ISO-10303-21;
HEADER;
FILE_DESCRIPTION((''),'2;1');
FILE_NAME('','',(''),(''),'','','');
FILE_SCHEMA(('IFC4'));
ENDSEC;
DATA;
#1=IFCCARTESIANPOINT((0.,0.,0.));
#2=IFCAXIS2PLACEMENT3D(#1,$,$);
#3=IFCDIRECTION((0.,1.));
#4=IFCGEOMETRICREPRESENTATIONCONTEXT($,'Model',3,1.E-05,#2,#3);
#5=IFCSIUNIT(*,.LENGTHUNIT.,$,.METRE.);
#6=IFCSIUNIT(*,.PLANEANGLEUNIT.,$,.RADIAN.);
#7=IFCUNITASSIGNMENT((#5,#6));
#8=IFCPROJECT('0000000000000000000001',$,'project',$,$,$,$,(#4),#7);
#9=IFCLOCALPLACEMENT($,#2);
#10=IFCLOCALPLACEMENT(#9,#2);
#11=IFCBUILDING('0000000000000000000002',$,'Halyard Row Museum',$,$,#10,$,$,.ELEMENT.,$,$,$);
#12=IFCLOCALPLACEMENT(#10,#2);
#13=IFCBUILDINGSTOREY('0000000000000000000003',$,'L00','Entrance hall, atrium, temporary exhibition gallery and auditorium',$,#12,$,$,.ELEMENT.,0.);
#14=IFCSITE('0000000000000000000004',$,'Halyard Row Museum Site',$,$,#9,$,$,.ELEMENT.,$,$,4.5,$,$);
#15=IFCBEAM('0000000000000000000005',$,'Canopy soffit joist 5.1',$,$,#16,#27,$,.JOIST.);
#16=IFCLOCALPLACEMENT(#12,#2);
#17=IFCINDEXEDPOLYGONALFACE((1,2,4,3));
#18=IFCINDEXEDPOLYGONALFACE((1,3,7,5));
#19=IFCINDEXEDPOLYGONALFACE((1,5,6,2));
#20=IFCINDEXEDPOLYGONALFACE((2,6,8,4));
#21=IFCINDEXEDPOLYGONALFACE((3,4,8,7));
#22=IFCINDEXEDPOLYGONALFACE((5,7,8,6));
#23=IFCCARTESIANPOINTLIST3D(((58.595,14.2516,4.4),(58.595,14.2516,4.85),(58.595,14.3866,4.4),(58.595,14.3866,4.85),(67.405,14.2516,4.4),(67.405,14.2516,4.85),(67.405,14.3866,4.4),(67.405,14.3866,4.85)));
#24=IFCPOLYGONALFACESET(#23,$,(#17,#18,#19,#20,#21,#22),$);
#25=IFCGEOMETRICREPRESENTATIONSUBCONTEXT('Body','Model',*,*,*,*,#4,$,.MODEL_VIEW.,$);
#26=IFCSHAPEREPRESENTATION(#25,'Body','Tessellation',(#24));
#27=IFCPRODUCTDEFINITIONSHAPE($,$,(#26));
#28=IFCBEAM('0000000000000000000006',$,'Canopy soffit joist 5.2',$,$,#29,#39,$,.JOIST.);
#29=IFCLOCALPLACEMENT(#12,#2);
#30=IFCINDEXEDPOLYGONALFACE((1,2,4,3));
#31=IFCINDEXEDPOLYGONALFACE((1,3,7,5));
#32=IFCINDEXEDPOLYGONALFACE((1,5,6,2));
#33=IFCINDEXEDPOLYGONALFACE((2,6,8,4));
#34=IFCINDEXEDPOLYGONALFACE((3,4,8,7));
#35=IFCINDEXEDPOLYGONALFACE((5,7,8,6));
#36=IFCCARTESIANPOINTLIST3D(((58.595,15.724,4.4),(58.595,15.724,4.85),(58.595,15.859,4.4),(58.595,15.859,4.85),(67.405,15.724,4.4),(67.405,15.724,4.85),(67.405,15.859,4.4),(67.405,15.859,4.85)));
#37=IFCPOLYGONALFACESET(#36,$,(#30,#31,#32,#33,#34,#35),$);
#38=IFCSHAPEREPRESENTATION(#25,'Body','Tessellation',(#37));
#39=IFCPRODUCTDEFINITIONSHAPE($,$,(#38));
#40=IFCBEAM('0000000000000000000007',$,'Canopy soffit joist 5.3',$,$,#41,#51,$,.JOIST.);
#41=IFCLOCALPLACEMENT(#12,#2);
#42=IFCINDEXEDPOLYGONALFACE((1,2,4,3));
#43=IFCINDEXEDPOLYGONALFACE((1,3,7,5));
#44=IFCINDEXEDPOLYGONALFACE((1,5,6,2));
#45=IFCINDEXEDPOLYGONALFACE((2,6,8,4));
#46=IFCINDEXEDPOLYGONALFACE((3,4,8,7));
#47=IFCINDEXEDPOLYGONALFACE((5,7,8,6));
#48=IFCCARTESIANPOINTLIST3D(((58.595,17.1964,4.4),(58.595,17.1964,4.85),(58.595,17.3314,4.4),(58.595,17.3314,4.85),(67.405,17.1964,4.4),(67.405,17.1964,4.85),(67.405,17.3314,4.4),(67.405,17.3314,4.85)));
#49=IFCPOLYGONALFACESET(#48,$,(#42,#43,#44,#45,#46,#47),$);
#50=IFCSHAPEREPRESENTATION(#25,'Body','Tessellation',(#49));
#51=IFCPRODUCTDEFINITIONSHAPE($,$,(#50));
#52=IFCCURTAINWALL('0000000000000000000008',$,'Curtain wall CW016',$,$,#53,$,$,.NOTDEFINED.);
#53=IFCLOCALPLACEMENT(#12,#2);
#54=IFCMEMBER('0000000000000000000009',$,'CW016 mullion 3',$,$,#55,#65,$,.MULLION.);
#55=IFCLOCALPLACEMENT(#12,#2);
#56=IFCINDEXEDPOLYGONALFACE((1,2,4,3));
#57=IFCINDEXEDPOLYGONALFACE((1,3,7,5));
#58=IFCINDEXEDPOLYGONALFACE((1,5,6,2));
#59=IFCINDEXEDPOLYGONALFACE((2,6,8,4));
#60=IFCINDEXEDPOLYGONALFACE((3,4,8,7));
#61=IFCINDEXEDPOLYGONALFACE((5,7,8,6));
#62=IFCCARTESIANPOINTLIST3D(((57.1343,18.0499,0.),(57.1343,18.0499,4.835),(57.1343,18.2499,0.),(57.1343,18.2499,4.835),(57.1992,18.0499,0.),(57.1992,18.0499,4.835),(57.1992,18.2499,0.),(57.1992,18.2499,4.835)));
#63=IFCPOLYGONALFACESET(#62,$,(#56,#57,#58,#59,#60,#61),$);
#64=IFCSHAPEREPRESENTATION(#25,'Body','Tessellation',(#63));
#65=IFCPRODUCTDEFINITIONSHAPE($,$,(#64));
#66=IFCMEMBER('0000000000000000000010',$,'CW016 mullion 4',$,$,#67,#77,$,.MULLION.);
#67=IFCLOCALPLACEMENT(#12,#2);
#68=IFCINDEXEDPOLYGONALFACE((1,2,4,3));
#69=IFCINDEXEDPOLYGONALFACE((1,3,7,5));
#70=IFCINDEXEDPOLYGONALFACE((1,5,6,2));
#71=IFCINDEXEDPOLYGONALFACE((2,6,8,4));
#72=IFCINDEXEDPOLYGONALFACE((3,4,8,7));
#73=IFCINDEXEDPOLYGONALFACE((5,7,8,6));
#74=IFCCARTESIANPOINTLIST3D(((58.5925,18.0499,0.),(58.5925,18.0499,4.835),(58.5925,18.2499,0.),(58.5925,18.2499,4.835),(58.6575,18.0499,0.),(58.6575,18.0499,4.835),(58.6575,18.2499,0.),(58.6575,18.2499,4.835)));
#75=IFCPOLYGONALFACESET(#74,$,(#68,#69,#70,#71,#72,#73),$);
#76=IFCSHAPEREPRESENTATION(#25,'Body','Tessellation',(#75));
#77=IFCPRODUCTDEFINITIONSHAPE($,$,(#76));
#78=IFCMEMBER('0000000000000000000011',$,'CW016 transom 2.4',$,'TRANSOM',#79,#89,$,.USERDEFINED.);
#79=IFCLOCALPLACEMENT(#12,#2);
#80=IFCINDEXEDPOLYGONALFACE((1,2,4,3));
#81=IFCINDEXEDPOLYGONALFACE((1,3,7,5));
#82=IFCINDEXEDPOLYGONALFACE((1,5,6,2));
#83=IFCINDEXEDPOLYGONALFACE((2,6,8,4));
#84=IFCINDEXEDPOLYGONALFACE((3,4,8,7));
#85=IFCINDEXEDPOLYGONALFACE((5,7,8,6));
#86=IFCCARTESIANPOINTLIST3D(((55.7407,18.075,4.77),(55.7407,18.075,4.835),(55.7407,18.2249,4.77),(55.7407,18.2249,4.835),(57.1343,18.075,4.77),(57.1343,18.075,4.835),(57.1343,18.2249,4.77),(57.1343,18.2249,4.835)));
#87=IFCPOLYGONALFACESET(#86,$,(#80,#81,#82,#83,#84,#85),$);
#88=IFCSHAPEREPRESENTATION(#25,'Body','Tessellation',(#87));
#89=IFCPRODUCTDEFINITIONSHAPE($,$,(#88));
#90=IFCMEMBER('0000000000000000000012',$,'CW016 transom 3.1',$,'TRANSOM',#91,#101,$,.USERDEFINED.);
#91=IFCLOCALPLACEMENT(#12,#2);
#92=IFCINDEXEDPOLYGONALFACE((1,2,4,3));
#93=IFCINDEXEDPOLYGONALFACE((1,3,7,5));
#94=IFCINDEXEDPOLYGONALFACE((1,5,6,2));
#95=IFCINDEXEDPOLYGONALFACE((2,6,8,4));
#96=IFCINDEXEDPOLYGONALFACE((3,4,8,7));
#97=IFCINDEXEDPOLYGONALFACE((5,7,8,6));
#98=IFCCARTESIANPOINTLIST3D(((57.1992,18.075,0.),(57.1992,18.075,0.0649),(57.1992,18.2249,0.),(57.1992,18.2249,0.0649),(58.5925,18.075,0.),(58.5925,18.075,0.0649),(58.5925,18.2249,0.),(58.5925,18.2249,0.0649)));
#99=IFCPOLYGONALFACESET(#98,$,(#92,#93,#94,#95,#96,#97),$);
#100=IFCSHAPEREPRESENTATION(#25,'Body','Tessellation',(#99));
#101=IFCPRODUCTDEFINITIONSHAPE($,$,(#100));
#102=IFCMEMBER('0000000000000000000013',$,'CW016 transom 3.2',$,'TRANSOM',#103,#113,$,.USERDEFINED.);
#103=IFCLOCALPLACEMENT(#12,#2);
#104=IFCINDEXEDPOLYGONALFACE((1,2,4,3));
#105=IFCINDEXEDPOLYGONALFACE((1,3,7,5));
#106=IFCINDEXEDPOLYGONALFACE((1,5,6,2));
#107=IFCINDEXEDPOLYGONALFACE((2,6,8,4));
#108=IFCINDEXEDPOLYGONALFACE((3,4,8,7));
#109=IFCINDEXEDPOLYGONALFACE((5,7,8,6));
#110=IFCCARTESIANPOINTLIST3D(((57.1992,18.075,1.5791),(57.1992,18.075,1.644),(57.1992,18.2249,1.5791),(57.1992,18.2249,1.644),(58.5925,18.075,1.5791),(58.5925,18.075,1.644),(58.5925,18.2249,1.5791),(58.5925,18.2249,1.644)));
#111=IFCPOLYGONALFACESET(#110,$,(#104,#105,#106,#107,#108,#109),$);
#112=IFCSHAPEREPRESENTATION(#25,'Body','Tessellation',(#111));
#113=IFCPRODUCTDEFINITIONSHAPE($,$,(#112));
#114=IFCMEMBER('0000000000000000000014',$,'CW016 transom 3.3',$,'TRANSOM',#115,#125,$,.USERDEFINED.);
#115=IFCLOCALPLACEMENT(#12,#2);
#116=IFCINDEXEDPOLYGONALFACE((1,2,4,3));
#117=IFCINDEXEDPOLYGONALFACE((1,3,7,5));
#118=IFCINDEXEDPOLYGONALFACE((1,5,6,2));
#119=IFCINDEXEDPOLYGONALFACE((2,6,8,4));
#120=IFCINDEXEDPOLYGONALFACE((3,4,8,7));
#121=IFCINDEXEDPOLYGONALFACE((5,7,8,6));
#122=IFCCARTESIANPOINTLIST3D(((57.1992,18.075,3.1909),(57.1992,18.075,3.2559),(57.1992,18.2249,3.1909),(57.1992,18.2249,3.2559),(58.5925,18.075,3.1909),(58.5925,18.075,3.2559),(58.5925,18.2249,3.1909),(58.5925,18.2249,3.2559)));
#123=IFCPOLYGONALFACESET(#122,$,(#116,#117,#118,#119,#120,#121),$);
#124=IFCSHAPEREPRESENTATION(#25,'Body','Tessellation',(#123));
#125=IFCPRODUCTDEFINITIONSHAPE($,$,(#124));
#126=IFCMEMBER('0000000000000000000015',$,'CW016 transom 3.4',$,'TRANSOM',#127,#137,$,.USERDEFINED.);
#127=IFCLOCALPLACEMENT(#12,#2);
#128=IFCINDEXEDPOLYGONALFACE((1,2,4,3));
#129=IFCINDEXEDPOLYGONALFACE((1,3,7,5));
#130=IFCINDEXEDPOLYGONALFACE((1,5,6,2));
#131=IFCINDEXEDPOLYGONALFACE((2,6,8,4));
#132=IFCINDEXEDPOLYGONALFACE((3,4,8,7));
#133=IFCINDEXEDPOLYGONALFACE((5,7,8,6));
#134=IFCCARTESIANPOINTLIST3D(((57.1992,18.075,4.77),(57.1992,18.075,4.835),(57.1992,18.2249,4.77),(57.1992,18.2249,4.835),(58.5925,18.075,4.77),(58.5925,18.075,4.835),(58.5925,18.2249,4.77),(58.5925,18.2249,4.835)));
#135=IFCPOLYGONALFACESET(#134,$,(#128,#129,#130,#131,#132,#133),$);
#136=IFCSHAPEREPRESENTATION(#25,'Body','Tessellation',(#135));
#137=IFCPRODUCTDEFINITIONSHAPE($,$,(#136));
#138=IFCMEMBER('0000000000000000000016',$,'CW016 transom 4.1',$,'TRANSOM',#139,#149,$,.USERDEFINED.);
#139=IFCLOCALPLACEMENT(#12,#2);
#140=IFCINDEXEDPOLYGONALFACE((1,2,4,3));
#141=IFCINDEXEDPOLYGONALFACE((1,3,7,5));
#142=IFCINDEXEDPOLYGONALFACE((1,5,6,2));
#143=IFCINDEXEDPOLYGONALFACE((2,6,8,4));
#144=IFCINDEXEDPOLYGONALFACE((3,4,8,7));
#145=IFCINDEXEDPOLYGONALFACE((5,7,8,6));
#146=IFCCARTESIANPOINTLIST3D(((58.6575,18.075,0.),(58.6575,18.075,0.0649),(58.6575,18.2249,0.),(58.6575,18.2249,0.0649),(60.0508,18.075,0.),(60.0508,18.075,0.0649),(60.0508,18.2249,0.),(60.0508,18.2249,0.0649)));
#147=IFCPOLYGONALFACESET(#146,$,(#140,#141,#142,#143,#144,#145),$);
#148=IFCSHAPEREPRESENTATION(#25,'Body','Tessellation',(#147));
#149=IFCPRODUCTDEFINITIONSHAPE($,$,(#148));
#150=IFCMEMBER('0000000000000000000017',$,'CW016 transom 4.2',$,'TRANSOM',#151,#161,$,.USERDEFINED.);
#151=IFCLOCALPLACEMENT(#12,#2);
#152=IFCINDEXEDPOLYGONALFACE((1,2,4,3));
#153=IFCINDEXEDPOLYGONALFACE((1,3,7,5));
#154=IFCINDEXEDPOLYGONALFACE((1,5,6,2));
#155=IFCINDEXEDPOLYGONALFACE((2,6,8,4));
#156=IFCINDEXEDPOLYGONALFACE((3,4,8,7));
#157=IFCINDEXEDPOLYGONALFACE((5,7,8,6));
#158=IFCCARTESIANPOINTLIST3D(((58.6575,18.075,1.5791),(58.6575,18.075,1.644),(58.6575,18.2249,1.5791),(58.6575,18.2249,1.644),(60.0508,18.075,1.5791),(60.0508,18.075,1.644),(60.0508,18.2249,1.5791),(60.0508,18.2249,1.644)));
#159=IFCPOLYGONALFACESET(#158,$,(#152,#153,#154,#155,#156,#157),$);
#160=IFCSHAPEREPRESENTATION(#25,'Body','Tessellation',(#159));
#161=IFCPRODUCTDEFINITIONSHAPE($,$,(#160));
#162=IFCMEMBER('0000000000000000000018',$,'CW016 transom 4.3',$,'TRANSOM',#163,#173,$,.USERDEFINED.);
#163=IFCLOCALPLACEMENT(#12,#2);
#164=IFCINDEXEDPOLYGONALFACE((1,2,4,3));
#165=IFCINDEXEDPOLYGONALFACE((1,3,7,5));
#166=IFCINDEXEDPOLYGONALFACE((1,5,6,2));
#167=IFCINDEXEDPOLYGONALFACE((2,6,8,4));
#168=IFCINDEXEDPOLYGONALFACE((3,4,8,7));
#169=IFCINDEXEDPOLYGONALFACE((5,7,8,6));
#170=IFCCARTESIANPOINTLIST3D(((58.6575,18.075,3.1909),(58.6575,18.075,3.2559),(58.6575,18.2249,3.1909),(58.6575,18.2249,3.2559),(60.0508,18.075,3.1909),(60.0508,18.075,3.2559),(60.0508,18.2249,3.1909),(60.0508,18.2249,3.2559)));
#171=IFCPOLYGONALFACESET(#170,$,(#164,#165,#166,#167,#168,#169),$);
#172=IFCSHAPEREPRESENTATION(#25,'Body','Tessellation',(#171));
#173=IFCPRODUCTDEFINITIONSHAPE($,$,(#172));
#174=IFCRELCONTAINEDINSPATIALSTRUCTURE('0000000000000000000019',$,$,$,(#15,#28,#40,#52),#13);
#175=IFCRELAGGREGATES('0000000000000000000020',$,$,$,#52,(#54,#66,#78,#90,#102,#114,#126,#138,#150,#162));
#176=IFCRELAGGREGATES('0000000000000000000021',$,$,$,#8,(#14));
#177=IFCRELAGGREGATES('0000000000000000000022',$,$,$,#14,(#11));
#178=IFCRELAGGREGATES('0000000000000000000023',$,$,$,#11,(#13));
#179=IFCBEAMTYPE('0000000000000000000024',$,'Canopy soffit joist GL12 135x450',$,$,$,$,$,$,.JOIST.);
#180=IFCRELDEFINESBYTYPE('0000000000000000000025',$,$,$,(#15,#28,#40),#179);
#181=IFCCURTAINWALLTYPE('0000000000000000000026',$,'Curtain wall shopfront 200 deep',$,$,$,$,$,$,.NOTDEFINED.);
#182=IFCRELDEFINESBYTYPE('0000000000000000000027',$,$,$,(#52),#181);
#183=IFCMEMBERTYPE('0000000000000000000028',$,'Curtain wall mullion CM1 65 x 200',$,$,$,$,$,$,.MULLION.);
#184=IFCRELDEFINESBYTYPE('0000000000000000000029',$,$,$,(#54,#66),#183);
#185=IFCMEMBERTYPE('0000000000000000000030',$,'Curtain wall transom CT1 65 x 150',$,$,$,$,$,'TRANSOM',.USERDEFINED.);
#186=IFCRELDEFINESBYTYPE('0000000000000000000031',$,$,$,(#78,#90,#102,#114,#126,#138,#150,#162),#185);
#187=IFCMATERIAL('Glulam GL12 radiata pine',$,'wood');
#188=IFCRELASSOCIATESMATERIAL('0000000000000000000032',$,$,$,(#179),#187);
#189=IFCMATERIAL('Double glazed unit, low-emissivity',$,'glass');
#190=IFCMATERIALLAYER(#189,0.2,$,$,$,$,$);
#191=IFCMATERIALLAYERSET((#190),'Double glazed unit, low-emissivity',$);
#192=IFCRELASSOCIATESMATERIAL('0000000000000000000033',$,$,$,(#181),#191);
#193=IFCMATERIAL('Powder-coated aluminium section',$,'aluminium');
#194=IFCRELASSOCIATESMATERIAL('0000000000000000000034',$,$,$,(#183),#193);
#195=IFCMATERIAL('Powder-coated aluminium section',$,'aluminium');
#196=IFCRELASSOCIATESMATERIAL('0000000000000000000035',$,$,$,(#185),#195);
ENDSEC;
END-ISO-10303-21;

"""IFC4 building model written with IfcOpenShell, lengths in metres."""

from ifc_helpers import new_model, si_unit, direction, frame, origin, origin_2d, place, context, subcontext, project, spatial, rectangle, extrude, material, layer, layer_set, material_profile, profile_set, type_object, element, aggregate, save


model = new_model("IFC4")

# Units and contexts
model_context = context("Model", 3, precision=1e-05, world=origin(), true_north=direction((0.0, 1.0)))
body_context = subcontext(model_context, "Body", "Model", "MODEL_VIEW")
ifc_project = project(units=[si_unit("LENGTHUNIT", "METRE"), si_unit("PLANEANGLEUNIT", "RADIAN")], contexts=[model_context])

# Site, building, storey
site_placement = place(None, origin())
site = spatial("IfcSite", under=ifc_project, at=site_placement, Name="Halyard Row Museum Site", CompositionType="ELEMENT", RefElevation=4.5)
building_placement = place(site_placement, origin())
building = spatial("IfcBuilding", under=site, at=building_placement, Name="Halyard Row Museum", CompositionType="ELEMENT")
storey_placement = place(building_placement, origin())
storey = spatial("IfcBuildingStorey", under=building, at=storey_placement, Name="L00", Description="Entrance hall, atrium, temporary exhibition gallery and auditorium", CompositionType="ELEMENT", Elevation=0.0)

# Beams
ifc_material_1 = material(Name="Glulam GL12 radiata pine", Category="wood")
ifc_material_profile_1 = material_profile(ifc_material_1, rectangle(XDim=0.135, YDim=0.45, at=origin_2d()), Name="GL12 135x450")
ifc_profile_set_1 = profile_set([ifc_material_profile_1], Name="Glulam GL12 radiata pine")
beam_type_1 = type_object("IfcBeamType", Name="Canopy soffit joist GL12 135x450", PredefinedType="JOIST", material=ifc_profile_set_1)
for number, where, z_axis, x_axis, name in (
    (1, (58.595, 14.3191, 4.625), (1.0, 0.0, 0.0), (0.0, 1.0, 0.0), "Canopy soffit joist 5.1"),
    (2, (58.595, 15.7915, 4.625), (1.0, 0.0, 0.0), (0.0, 1.0, 0.0), "Canopy soffit joist 5.2"),
    (3, (58.595, 17.2639, 4.625), (1.0, 0.0, 0.0), (0.0, 1.0, 0.0), "Canopy soffit joist 5.3"),
):
    element("IfcBeam", number, at=place(storey_placement, frame(where, z_axis=z_axis, x_axis=x_axis)), inside=storey, type_object=beam_type_1, Name=name, PredefinedType="JOIST", context=body_context, shape_type="SweptSolid", body=[
        extrude(rectangle(XDim=0.135, YDim=0.45, at=origin_2d()), origin(), (0.0, 0.0, 1.0), 8.8101),
    ])

# Curtain wall, members
ifc_material_2 = material(Name="Double glazed unit, low-emissivity", Category="glass")
ifc_layer_1 = layer(ifc_material_2, 0.2)
ifc_layer_set_1 = layer_set([ifc_layer_1], Name="Double glazed unit, low-emissivity")
curtain_wall_type = type_object("IfcCurtainWallType", Name="Curtain wall shopfront 200 deep", PredefinedType="NOTDEFINED", material=ifc_layer_set_1)
curtain_wall_placement = place(storey_placement, origin())
curtain_wall = element("IfcCurtainWall", 4, at=curtain_wall_placement, inside=storey, type_object=curtain_wall_type, Name="Curtain wall CW016", PredefinedType="NOTDEFINED")
ifc_material_3 = material(Name="Powder-coated aluminium section", Category="aluminium")
ifc_material_profile_2 = material_profile(ifc_material_3, rectangle(XDim=0.2, YDim=0.0649, at=origin_2d()), Name="200x65 mullion")
ifc_profile_set_2 = profile_set([ifc_material_profile_2], Name="Powder-coated aluminium section")
member_type_1 = type_object("IfcMemberType", Name="Curtain wall mullion CM1 65 x 200", PredefinedType="MULLION", material=ifc_profile_set_2)
member_1_placement = place(storey_placement, frame((57.1667, 18.1499, 0.0), z_axis=(0.0, 0.0, 1.0), x_axis=(0.0, 1.0, 0.0)))
member_1 = element("IfcMember", 5, at=member_1_placement, type_object=member_type_1, Name="CW016 mullion 3", PredefinedType="MULLION", context=body_context, shape_type="SweptSolid", body=[
    extrude(rectangle(XDim=0.2, YDim=0.0649, at=origin_2d()), origin(), (0.0, 0.0, 1.0), 4.835),
])
member_2_placement = place(storey_placement, frame((58.625, 18.1499, 0.0), z_axis=(0.0, 0.0, 1.0), x_axis=(0.0, 1.0, 0.0)))
member_2 = element("IfcMember", 6, at=member_2_placement, type_object=member_type_1, Name="CW016 mullion 4", PredefinedType="MULLION", context=body_context, shape_type="SweptSolid", body=[
    extrude(rectangle(XDim=0.2, YDim=0.0649, at=origin_2d()), origin(), (0.0, 0.0, 1.0), 4.835),
])
ifc_material_4 = material(Name="Powder-coated aluminium section", Category="aluminium")
ifc_material_profile_3 = material_profile(ifc_material_4, rectangle(XDim=0.1499, YDim=0.0649, at=origin_2d()), Name="150x65 transom")
ifc_profile_set_3 = profile_set([ifc_material_profile_3], Name="Powder-coated aluminium section")
member_type_2 = type_object("IfcMemberType", Name="Curtain wall transom CT1 65 x 150", ElementType="TRANSOM", PredefinedType="USERDEFINED", material=ifc_profile_set_3)
member_3_placement = place(storey_placement, frame((55.7407, 18.1499, 4.8025), z_axis=(1.0, 0.0, 0.0), x_axis=(0.0, 1.0, 0.0)))
member_3 = element("IfcMember", 7, at=member_3_placement, type_object=member_type_2, Name="CW016 transom 2.4", ObjectType="TRANSOM", PredefinedType="USERDEFINED", context=body_context, shape_type="SweptSolid", body=[
    extrude(rectangle(XDim=0.1499, YDim=0.0649, at=origin_2d()), origin(), (0.0, 0.0, 1.0), 1.3936),
])
member_4_placement = place(storey_placement, frame((57.1992, 18.1499, 0.0325), z_axis=(1.0, 0.0, 0.0), x_axis=(0.0, 1.0, 0.0)))
member_4 = element("IfcMember", 8, at=member_4_placement, type_object=member_type_2, Name="CW016 transom 3.1", ObjectType="TRANSOM", PredefinedType="USERDEFINED", context=body_context, shape_type="SweptSolid", body=[
    extrude(rectangle(XDim=0.1499, YDim=0.0649, at=origin_2d()), origin(), (0.0, 0.0, 1.0), 1.3933),
])
member_5_placement = place(storey_placement, frame((57.1992, 18.1499, 1.6116), z_axis=(1.0, 0.0, 0.0), x_axis=(0.0, 1.0, 0.0)))
member_5 = element("IfcMember", 9, at=member_5_placement, type_object=member_type_2, Name="CW016 transom 3.2", ObjectType="TRANSOM", PredefinedType="USERDEFINED", context=body_context, shape_type="SweptSolid", body=[
    extrude(rectangle(XDim=0.1499, YDim=0.0649, at=origin_2d()), origin(), (0.0, 0.0, 1.0), 1.3933),
])
member_6_placement = place(storey_placement, frame((57.1992, 18.1499, 3.2234), z_axis=(1.0, 0.0, 0.0), x_axis=(0.0, 1.0, 0.0)))
member_6 = element("IfcMember", 10, at=member_6_placement, type_object=member_type_2, Name="CW016 transom 3.3", ObjectType="TRANSOM", PredefinedType="USERDEFINED", context=body_context, shape_type="SweptSolid", body=[
    extrude(rectangle(XDim=0.1499, YDim=0.0649, at=origin_2d()), origin(), (0.0, 0.0, 1.0), 1.3933),
])
member_7_placement = place(storey_placement, frame((57.1992, 18.1499, 4.8025), z_axis=(1.0, 0.0, 0.0), x_axis=(0.0, 1.0, 0.0)))
member_7 = element("IfcMember", 11, at=member_7_placement, type_object=member_type_2, Name="CW016 transom 3.4", ObjectType="TRANSOM", PredefinedType="USERDEFINED", context=body_context, shape_type="SweptSolid", body=[
    extrude(rectangle(XDim=0.1499, YDim=0.0649, at=origin_2d()), origin(), (0.0, 0.0, 1.0), 1.3933),
])
member_8_placement = place(storey_placement, frame((58.6575, 18.1499, 0.0325), z_axis=(1.0, 0.0, 0.0), x_axis=(0.0, 1.0, 0.0)))
member_8 = element("IfcMember", 12, at=member_8_placement, type_object=member_type_2, Name="CW016 transom 4.1", ObjectType="TRANSOM", PredefinedType="USERDEFINED", context=body_context, shape_type="SweptSolid", body=[
    extrude(rectangle(XDim=0.1499, YDim=0.0649, at=origin_2d()), origin(), (0.0, 0.0, 1.0), 1.3933),
])
member_9_placement = place(storey_placement, frame((58.6575, 18.1499, 1.6116), z_axis=(1.0, 0.0, 0.0), x_axis=(0.0, 1.0, 0.0)))
member_9 = element("IfcMember", 13, at=member_9_placement, type_object=member_type_2, Name="CW016 transom 4.2", ObjectType="TRANSOM", PredefinedType="USERDEFINED", context=body_context, shape_type="SweptSolid", body=[
    extrude(rectangle(XDim=0.1499, YDim=0.0649, at=origin_2d()), origin(), (0.0, 0.0, 1.0), 1.3933),
])
member_10_placement = place(storey_placement, frame((58.6575, 18.1499, 3.2234), z_axis=(1.0, 0.0, 0.0), x_axis=(0.0, 1.0, 0.0)))
member_10 = element("IfcMember", 14, at=member_10_placement, type_object=member_type_2, Name="CW016 transom 4.3", ObjectType="TRANSOM", PredefinedType="USERDEFINED", context=body_context, shape_type="SweptSolid", body=[
    extrude(rectangle(XDim=0.1499, YDim=0.0649, at=origin_2d()), origin(), (0.0, 0.0, 1.0), 1.3933),
])

aggregate(curtain_wall, [member_1, member_2, member_3, member_4, member_5, member_6, member_7, member_8, member_9, member_10])

save(model, "model.ifc")
